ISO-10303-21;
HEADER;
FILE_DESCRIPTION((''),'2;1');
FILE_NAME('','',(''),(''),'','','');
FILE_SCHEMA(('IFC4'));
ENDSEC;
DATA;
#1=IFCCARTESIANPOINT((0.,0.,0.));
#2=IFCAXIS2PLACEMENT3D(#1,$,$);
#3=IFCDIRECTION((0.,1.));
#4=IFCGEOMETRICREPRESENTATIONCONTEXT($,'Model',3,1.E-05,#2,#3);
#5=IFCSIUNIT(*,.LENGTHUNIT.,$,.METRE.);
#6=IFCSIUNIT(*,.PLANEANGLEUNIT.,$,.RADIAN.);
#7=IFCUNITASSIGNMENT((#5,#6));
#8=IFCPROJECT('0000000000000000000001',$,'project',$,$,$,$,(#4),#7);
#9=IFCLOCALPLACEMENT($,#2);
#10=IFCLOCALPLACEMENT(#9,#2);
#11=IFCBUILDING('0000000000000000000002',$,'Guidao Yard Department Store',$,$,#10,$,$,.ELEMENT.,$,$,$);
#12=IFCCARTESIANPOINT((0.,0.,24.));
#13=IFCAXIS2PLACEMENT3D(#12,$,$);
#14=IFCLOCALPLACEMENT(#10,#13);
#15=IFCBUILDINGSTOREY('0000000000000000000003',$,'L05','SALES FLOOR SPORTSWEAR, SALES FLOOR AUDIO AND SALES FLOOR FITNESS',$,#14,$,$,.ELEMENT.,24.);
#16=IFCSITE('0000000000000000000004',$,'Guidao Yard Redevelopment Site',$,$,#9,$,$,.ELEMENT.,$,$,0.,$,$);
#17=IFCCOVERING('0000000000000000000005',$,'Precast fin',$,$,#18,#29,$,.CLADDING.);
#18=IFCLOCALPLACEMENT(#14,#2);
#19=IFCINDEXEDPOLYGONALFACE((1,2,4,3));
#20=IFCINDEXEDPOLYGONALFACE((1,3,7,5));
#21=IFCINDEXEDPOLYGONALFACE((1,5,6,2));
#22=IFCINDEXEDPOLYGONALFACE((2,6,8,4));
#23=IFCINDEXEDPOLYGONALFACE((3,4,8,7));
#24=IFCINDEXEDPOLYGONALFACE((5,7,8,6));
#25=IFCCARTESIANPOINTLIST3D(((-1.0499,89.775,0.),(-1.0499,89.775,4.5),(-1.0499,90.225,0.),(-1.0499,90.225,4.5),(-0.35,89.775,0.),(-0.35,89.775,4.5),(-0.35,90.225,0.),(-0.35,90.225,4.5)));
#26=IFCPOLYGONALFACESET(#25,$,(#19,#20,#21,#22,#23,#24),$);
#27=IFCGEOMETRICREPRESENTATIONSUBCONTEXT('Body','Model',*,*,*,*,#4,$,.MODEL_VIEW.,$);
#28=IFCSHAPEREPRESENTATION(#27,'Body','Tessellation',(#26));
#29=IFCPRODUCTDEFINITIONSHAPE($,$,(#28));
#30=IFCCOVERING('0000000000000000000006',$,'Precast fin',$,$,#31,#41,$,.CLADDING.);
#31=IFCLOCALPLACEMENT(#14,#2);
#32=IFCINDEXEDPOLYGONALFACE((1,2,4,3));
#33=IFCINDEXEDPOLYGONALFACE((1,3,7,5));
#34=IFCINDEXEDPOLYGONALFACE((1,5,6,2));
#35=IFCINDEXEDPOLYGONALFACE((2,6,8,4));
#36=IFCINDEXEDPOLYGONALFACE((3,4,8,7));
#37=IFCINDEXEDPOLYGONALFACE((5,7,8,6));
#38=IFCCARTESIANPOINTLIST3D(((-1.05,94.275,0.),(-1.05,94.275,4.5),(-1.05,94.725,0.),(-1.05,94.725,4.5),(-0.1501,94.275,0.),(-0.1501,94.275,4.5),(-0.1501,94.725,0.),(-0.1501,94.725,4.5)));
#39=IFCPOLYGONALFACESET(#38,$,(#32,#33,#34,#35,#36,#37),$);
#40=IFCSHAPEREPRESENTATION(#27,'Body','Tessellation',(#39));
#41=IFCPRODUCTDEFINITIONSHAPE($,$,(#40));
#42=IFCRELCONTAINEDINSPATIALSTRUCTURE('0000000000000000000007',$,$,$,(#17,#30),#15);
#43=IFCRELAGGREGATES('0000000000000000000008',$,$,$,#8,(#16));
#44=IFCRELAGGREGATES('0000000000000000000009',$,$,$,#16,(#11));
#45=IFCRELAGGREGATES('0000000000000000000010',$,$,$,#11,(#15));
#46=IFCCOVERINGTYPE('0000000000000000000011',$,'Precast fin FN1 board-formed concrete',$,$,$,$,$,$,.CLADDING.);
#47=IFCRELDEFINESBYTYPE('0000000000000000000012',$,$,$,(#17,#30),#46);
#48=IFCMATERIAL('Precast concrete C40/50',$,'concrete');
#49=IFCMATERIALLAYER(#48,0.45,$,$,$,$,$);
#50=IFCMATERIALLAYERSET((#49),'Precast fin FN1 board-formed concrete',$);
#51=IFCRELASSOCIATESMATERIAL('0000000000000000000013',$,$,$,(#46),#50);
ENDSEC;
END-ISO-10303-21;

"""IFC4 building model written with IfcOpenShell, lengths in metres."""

from ifc_helpers import new_model, si_unit, direction, frame, origin, origin_2d, place, context, subcontext, project, spatial, rectangle, extrude, material, layer, layer_set, type_object, element, save


model = new_model("IFC4")

# Units and contexts
model_context = context("Model", 3, precision=1e-05, world=origin(), true_north=direction((0.0, 1.0)))
body_context = subcontext(model_context, "Body", "Model", "MODEL_VIEW")
ifc_project = project(units=[si_unit("LENGTHUNIT", "METRE"), si_unit("PLANEANGLEUNIT", "RADIAN")], contexts=[model_context])

# Site, building, storey
site_placement = place(None, origin())
site = spatial("IfcSite", under=ifc_project, at=site_placement, Name="Guidao Yard Redevelopment Site", CompositionType="ELEMENT", RefElevation=0.0)
building_placement = place(site_placement, origin())
building = spatial("IfcBuilding", under=site, at=building_placement, Name="Guidao Yard Department Store", CompositionType="ELEMENT")
storey_placement = place(building_placement, frame((0.0, 0.0, 24.0)))
storey = spatial("IfcBuildingStorey", under=building, at=storey_placement, Name="L05", Description="SALES FLOOR SPORTSWEAR, SALES FLOOR AUDIO AND SALES FLOOR FITNESS", CompositionType="ELEMENT", Elevation=24.0)

# Coverings
ifc_material_1 = material(Name="Precast concrete C40/50", Category="concrete")
ifc_layer_1 = layer(ifc_material_1, 0.45)
ifc_layer_set_1 = layer_set([ifc_layer_1], Name="Precast fin FN1 board-formed concrete")
covering_type = type_object("IfcCoveringType", Name="Precast fin FN1 board-formed concrete", PredefinedType="CLADDING", material=ifc_layer_set_1)
for number, where, z_axis, x_axis, name in (
    (1, (-0.7, 90.0, 0.0), (0.0, 0.0, 1.0), (0.0, 1.0, 0.0), "Precast fin"),
):
    element("IfcCovering", number, at=place(storey_placement, frame(where, z_axis=z_axis, x_axis=x_axis)), inside=storey, type_object=covering_type, Name=name, PredefinedType="CLADDING", context=body_context, shape_type="SweptSolid", body=[
        extrude(rectangle(XDim=0.45, YDim=0.7, at=origin_2d()), origin(), (0.0, 0.0, 1.0), 4.5),
    ])
covering_1_placement = place(storey_placement, frame((-0.6001, 94.5, 0.0), z_axis=(0.0, 0.0, 1.0), x_axis=(0.0, 1.0, 0.0)))
element("IfcCovering", 2, at=covering_1_placement, inside=storey, type_object=covering_type, Name="Precast fin", PredefinedType="CLADDING", context=body_context, shape_type="SweptSolid", body=[
    extrude(rectangle(XDim=0.45, YDim=0.8999, at=origin_2d()), origin(), (0.0, 0.0, 1.0), 4.5),
])

save(model, "model.ifc")
